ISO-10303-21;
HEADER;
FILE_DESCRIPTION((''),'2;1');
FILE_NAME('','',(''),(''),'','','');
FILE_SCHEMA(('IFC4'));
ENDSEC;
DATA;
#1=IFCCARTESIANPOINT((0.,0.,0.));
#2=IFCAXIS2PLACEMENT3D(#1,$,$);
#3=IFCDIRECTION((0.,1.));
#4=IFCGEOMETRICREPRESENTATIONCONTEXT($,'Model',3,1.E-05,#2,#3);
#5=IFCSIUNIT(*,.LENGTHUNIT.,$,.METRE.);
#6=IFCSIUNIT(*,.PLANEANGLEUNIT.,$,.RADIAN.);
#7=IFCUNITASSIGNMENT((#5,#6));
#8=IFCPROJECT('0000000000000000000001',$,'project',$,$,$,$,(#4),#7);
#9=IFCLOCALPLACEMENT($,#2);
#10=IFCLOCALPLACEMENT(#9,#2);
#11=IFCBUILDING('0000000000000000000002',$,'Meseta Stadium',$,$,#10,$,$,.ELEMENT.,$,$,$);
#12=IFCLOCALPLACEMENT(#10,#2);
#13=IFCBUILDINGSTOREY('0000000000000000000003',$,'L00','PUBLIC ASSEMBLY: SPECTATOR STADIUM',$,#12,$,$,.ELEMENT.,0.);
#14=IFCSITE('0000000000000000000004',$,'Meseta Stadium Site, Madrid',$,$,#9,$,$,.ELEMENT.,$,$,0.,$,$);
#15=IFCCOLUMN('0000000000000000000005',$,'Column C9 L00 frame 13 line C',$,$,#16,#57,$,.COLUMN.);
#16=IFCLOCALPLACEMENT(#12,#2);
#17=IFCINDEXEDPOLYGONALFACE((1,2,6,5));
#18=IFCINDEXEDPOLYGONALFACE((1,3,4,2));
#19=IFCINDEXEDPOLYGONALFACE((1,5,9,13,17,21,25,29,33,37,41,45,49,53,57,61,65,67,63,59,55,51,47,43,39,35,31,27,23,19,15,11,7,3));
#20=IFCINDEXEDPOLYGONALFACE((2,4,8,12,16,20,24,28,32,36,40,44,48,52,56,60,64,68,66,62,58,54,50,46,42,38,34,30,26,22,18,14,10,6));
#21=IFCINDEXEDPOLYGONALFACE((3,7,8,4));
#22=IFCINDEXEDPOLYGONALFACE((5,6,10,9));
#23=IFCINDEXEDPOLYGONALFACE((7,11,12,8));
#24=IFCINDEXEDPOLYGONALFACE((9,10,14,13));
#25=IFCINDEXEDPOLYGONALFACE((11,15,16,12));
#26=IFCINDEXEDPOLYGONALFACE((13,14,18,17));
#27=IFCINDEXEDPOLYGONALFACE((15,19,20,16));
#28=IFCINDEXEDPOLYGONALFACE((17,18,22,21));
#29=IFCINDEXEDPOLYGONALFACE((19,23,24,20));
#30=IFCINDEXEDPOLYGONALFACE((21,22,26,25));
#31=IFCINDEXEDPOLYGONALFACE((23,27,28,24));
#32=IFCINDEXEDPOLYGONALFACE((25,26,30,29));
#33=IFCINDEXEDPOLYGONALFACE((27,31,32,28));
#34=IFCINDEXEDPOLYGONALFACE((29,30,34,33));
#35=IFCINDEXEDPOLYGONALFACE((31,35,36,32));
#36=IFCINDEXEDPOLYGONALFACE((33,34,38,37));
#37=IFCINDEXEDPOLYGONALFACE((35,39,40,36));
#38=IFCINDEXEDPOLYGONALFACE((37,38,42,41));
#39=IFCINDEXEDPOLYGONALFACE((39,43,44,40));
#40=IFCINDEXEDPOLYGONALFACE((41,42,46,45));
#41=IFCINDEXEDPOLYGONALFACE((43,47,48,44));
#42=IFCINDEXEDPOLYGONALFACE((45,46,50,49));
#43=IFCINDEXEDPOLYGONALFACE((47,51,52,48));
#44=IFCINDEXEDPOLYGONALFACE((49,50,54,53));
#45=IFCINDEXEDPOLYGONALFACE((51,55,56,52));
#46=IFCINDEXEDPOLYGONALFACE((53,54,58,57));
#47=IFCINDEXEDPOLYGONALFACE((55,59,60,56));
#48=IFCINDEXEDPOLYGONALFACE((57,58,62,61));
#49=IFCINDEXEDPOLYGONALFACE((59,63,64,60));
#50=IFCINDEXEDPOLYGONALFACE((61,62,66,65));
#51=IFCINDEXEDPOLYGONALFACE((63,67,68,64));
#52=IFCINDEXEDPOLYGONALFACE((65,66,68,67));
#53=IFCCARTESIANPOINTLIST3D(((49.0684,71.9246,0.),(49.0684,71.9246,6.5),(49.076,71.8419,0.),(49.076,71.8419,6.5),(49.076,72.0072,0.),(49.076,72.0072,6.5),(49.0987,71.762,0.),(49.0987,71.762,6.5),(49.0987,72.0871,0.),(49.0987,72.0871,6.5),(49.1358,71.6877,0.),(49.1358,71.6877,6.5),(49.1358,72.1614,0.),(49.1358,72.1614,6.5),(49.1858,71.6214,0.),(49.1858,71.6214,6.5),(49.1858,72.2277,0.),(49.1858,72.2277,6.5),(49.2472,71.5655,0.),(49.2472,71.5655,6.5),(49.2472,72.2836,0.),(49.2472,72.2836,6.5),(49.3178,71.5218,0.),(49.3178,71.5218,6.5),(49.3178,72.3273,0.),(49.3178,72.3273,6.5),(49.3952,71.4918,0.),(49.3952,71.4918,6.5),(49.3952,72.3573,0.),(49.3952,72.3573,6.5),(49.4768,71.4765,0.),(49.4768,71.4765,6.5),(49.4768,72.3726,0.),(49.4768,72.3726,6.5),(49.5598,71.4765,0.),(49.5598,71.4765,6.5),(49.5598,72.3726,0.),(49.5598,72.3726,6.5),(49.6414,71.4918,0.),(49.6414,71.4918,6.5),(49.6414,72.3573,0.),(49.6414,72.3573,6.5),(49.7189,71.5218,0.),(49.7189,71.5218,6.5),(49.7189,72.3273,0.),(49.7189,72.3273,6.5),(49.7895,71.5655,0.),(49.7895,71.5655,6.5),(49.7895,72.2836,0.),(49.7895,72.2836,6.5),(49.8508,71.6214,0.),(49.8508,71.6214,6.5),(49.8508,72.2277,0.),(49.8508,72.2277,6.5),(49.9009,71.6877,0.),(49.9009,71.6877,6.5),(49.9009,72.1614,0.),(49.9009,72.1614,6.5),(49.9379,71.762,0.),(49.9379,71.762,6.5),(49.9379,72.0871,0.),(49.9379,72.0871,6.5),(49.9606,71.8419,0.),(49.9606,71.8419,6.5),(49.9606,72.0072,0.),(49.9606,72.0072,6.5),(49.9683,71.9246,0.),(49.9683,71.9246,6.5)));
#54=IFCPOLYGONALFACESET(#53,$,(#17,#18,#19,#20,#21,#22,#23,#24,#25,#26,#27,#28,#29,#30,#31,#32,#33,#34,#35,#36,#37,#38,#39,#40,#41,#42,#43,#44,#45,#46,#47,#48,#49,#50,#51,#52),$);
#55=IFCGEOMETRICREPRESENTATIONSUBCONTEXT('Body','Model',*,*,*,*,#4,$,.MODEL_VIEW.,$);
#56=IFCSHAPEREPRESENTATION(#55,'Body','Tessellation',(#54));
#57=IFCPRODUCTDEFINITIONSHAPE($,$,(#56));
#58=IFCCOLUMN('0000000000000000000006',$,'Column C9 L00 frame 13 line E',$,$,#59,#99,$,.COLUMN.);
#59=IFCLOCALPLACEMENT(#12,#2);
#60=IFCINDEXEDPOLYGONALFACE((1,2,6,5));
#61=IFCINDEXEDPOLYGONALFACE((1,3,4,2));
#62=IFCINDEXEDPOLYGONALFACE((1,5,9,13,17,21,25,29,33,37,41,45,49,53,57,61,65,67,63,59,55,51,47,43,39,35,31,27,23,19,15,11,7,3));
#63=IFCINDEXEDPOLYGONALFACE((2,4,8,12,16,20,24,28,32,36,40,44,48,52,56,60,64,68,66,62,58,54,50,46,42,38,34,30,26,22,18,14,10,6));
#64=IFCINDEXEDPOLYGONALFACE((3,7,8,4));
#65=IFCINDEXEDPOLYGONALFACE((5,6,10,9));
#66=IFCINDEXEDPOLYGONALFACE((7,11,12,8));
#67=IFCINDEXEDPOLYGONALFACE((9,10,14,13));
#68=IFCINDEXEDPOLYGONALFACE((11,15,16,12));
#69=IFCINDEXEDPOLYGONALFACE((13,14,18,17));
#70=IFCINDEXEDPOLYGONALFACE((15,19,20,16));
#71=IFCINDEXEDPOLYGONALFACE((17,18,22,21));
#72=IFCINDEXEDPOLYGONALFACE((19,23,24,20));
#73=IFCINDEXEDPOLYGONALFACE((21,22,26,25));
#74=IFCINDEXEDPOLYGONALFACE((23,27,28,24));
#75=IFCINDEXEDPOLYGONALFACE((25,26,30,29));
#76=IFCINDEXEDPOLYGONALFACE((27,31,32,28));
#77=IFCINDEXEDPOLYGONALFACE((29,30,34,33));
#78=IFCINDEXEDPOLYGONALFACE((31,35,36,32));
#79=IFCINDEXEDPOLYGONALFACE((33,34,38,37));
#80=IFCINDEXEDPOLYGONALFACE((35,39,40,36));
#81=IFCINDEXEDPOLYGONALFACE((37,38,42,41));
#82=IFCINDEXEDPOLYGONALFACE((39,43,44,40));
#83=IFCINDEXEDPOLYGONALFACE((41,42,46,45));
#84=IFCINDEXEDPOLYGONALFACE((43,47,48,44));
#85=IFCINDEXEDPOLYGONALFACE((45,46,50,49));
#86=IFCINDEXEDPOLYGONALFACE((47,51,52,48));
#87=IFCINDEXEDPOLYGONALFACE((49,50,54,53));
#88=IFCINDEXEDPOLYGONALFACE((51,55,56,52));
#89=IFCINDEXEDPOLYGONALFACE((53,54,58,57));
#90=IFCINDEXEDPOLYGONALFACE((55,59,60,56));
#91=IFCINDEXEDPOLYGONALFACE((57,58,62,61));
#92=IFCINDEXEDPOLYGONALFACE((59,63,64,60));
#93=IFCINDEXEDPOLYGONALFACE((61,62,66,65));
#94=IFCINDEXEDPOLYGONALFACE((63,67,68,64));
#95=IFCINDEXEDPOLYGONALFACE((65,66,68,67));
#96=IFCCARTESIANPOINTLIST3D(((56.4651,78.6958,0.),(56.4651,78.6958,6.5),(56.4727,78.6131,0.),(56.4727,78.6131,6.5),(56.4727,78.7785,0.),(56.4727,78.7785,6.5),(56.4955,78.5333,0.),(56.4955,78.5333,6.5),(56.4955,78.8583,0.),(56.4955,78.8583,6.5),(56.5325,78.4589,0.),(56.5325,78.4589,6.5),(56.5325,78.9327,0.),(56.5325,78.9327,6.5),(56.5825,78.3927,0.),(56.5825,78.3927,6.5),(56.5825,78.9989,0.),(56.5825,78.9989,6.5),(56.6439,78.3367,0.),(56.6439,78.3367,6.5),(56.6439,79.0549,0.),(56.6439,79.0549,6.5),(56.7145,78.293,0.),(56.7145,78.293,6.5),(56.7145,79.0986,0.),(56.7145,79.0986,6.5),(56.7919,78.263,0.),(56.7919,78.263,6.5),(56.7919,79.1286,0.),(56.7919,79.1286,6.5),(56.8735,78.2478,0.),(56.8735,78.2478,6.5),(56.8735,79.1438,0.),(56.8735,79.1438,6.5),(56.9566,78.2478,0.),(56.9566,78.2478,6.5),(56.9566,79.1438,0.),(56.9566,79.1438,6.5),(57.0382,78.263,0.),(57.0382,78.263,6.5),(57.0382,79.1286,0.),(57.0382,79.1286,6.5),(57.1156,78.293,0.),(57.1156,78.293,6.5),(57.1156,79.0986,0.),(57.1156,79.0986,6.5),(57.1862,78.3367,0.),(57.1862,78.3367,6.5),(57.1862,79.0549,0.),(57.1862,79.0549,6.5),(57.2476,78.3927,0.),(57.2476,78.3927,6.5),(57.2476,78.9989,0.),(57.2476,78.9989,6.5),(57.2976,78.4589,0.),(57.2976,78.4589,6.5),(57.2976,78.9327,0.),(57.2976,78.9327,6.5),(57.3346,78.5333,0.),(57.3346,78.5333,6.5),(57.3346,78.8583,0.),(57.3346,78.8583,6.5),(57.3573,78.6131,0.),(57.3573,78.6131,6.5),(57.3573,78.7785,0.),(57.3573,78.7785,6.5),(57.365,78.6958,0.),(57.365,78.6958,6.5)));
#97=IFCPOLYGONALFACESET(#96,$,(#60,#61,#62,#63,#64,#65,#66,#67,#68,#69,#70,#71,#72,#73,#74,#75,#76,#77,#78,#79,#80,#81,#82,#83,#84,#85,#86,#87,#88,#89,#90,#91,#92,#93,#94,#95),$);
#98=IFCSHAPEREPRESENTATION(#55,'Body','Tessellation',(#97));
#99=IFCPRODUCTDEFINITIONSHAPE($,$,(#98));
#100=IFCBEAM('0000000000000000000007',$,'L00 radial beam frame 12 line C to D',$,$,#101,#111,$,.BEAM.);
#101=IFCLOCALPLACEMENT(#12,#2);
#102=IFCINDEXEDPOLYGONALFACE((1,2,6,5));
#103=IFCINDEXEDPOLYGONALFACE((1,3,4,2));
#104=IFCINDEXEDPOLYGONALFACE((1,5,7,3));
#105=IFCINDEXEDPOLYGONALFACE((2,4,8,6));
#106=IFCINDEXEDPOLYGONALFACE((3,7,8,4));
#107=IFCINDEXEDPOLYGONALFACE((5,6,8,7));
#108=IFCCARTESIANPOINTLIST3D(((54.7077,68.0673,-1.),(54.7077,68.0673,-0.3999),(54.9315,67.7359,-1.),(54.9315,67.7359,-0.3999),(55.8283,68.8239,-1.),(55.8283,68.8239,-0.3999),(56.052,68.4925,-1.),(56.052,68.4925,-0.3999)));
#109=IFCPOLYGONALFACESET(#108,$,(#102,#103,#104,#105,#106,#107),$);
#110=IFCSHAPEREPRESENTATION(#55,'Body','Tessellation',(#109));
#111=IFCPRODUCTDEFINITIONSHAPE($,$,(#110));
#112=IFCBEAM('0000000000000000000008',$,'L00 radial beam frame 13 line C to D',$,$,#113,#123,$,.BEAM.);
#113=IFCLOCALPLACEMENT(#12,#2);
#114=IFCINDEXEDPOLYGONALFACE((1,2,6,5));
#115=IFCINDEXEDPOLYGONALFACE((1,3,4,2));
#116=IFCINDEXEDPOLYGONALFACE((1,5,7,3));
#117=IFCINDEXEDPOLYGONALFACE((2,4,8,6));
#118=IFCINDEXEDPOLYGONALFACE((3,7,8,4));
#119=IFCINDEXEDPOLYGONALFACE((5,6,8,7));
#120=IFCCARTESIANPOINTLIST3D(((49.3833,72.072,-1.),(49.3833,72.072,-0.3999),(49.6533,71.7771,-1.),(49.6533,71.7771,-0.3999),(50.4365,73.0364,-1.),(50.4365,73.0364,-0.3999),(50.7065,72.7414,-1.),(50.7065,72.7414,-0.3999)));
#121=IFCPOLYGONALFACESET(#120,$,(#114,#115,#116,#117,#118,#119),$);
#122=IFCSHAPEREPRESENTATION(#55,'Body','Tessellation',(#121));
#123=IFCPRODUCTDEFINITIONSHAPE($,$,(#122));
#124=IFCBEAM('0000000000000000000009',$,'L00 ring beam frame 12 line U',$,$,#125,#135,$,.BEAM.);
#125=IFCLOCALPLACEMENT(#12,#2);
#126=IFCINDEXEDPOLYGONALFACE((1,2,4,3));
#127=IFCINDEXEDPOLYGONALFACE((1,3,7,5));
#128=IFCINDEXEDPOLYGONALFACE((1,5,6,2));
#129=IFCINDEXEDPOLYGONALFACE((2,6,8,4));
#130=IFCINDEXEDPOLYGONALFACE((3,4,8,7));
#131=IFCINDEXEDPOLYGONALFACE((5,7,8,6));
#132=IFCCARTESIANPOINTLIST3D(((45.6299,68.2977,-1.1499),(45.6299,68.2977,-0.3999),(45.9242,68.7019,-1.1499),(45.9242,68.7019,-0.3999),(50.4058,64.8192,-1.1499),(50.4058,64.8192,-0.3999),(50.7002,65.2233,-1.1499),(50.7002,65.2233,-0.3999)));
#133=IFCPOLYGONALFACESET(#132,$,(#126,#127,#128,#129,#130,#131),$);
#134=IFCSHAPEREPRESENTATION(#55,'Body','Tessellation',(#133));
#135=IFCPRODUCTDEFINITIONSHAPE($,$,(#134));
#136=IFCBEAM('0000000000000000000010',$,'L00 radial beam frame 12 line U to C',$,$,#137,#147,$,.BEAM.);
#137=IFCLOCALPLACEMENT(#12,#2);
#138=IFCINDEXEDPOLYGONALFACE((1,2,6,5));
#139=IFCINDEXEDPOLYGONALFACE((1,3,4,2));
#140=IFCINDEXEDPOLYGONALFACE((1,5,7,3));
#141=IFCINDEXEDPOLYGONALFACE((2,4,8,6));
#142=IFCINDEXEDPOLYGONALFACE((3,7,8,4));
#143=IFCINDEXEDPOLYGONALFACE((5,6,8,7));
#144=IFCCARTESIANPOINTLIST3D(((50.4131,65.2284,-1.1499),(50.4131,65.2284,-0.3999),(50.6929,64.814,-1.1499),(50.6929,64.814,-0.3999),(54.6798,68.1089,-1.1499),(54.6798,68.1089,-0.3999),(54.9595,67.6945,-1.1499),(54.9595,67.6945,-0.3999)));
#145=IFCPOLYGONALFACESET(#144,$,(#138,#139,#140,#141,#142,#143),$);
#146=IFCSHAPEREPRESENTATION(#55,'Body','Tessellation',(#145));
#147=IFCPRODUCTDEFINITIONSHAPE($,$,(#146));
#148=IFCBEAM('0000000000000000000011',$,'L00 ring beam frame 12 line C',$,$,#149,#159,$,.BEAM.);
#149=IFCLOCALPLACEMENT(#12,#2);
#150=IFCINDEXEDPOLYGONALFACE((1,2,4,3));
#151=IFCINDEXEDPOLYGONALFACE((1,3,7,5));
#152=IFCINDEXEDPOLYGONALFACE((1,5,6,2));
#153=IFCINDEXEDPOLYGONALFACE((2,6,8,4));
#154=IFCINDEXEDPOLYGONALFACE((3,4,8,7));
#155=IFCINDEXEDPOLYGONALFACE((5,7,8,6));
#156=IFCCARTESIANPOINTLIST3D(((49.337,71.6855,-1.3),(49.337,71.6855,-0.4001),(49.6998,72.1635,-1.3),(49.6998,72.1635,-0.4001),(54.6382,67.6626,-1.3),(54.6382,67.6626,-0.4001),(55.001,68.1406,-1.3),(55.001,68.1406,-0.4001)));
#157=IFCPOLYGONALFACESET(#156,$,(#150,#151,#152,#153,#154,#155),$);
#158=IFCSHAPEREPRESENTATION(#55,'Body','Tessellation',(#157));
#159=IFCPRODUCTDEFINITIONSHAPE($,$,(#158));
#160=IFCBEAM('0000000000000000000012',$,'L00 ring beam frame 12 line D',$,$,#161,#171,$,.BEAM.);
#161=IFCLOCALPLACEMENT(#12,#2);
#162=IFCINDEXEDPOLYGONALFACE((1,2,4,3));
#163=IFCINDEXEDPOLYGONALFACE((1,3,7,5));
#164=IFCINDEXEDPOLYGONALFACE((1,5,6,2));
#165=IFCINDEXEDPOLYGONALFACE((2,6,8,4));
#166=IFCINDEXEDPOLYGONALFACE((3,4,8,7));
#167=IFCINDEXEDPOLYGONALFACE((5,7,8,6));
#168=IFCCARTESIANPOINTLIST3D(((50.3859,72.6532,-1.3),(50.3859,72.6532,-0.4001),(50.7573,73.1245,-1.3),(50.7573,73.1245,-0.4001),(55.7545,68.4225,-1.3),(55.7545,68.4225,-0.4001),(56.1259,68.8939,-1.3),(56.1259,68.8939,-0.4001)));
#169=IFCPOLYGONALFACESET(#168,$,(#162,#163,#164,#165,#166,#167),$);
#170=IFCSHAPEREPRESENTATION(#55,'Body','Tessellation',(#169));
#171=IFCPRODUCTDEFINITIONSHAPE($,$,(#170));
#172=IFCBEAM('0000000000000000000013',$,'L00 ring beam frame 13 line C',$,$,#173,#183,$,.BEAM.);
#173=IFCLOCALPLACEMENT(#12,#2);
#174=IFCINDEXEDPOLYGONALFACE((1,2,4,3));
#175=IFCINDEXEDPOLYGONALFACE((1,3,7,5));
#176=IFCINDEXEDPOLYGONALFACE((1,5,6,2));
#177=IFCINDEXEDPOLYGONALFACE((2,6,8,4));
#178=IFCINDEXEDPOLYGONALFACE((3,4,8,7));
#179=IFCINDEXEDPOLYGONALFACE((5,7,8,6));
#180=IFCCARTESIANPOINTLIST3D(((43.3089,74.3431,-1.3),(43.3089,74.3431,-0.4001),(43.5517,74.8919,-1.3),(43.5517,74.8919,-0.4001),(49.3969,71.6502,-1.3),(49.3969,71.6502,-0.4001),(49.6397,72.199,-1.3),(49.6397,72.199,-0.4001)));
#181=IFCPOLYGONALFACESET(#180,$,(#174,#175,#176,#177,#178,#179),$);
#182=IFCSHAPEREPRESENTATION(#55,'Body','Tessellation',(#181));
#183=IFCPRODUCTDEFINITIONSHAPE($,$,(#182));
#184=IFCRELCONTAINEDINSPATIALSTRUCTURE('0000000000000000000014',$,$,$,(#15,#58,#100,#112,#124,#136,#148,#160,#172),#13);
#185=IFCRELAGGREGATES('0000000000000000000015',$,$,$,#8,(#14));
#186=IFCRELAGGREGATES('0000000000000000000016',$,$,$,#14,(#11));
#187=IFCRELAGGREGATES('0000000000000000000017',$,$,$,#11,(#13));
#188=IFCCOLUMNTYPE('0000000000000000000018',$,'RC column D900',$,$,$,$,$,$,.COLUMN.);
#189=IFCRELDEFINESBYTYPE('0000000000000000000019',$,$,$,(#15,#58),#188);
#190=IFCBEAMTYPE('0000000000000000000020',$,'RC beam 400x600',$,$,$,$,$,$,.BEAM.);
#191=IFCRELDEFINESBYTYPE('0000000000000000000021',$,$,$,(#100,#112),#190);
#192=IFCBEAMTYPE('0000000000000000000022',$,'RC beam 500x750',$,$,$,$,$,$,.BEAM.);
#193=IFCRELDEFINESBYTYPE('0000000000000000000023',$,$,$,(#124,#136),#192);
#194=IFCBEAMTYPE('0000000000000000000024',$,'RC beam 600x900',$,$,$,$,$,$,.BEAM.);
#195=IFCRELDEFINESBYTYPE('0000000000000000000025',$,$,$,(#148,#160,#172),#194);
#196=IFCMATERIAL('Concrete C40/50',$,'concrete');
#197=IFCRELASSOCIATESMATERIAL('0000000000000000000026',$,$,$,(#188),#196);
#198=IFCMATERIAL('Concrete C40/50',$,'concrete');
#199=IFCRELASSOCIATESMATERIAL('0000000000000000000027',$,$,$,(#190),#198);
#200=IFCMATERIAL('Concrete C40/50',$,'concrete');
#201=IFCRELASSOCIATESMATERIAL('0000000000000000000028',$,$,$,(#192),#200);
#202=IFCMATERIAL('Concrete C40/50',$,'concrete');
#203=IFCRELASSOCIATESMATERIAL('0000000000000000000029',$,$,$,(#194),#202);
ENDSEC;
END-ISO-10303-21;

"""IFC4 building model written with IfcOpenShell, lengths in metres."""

from ifc_helpers import new_model, si_unit, direction, frame, origin, origin_2d, place, context, subcontext, project, spatial, rectangle, circle, extrude, material, material_profile, profile_set, type_object, element, save


model = new_model("IFC4")

# Units and contexts
model_context = context("Model", 3, precision=1e-05, world=origin(), true_north=direction((0.0, 1.0)))
body_context = subcontext(model_context, "Body", "Model", "MODEL_VIEW")
ifc_project = project(units=[si_unit("LENGTHUNIT", "METRE"), si_unit("PLANEANGLEUNIT", "RADIAN")], contexts=[model_context])

# Site, building, storey
site_placement = place(None, origin())
site = spatial("IfcSite", under=ifc_project, at=site_placement, Name="Meseta Stadium Site, Madrid", CompositionType="ELEMENT", RefElevation=0.0)
building_placement = place(site_placement, origin())
building = spatial("IfcBuilding", under=site, at=building_placement, Name="Meseta Stadium", CompositionType="ELEMENT")
storey_placement = place(building_placement, origin())
storey = spatial("IfcBuildingStorey", under=building, at=storey_placement, Name="L00", Description="PUBLIC ASSEMBLY: SPECTATOR STADIUM", CompositionType="ELEMENT", Elevation=0.0)

# Columns
ifc_material_1 = material(Name="Concrete C40/50", Category="concrete")
ifc_material_profile_1 = material_profile(ifc_material_1, circle(Radius=0.45, at=origin_2d()), Name="RC D900")
ifc_profile_set_1 = profile_set([ifc_material_profile_1], Name="Concrete C40/50")
column_type_1 = type_object("IfcColumnType", Name="RC column D900", PredefinedType="COLUMN", material=ifc_profile_set_1)
for number, where, z_axis, x_axis, name in (
    (1, (49.5183, 71.9246, 0.0), (0.0, 0.0, 1.0), (1.0, 0.0, 0.0), "Column C9 L00 frame 13 line C"),
    (2, (56.915, 78.6958, 0.0), (0.0, 0.0, 1.0), (1.0, 0.0, 0.0), "Column C9 L00 frame 13 line E"),
):
    element("IfcColumn", number, at=place(storey_placement, frame(where, z_axis=z_axis, x_axis=x_axis)), inside=storey, type_object=column_type_1, Name=name, PredefinedType="COLUMN", context=body_context, shape_type="SweptSolid", body=[
        extrude(circle(Radius=0.45, at=origin_2d()), origin(), (0.0, 0.0, 1.0), 6.5),
    ])

# Beams
ifc_material_2 = material(Name="Concrete C40/50", Category="concrete")
ifc_material_profile_2 = material_profile(ifc_material_2, rectangle(XDim=0.3999, YDim=0.6001, at=origin_2d()), Name="RC 400x600")
ifc_profile_set_2 = profile_set([ifc_material_profile_2], Name="Concrete C40/50")
beam_type_1 = type_object("IfcBeamType", Name="RC beam 400x600", PredefinedType="BEAM", material=ifc_profile_set_2)
beam_1_placement = place(storey_placement, frame((54.8196, 67.9016, -0.7), z_axis=(0.828786, 0.559566, 0.0), x_axis=(-0.559566, 0.828786, 0.0)))
element("IfcBeam", 3, at=beam_1_placement, inside=storey, type_object=beam_type_1, Name="L00 radial beam frame 12 line C to D", PredefinedType="BEAM", context=body_context, shape_type="SweptSolid", body=[
    extrude(rectangle(XDim=0.3999, YDim=0.6001, at=origin_2d()), origin(), (0.0, 0.0, 1.0), 1.3521),
])
beam_2_placement = place(storey_placement, frame((49.5183, 71.9246, -0.7), z_axis=(0.737537, 0.675306, 0.0), x_axis=(-0.675306, 0.737537, 0.0)))
element("IfcBeam", 4, at=beam_2_placement, inside=storey, type_object=beam_type_1, Name="L00 radial beam frame 13 line C to D", PredefinedType="BEAM", context=body_context, shape_type="SweptSolid", body=[
    extrude(rectangle(XDim=0.3999, YDim=0.6001, at=origin_2d()), origin(), (0.0, 0.0, 1.0), 1.428),
])
ifc_material_3 = material(Name="Concrete C40/50", Category="concrete")
ifc_material_profile_3 = material_profile(ifc_material_3, rectangle(XDim=0.5, YDim=0.75, at=origin_2d()), Name="RC 500x750")
ifc_profile_set_3 = profile_set([ifc_material_profile_3], Name="Concrete C40/50")
beam_type_2 = type_object("IfcBeamType", Name="RC beam 500x750", PredefinedType="BEAM", material=ifc_profile_set_3)
beam_3_placement = place(storey_placement, frame((50.553, 65.0212, -0.7749), z_axis=(-0.808321, 0.588742, 0.0), x_axis=(-0.588742, -0.808321, 0.0)))
element("IfcBeam", 5, at=beam_3_placement, inside=storey, type_object=beam_type_2, Name="L00 ring beam frame 12 line U", PredefinedType="BEAM", context=body_context, shape_type="SweptSolid", body=[
    extrude(rectangle(XDim=0.5, YDim=0.75, at=origin_2d()), origin(), (0.0, 0.0, 1.0), 5.9084),
])
beam_4_placement = place(storey_placement, frame((50.553, 65.0212, -0.7749), z_axis=(0.828811, 0.559528, 0.0), x_axis=(-0.559528, 0.828811, 0.0)))
element("IfcBeam", 6, at=beam_4_placement, inside=storey, type_object=beam_type_2, Name="L00 radial beam frame 12 line U to C", PredefinedType="BEAM", context=body_context, shape_type="SweptSolid", body=[
    extrude(rectangle(XDim=0.5, YDim=0.75, at=origin_2d()), origin(), (0.0, 0.0, 1.0), 5.1479),
])
ifc_material_4 = material(Name="Concrete C40/50", Category="concrete")
ifc_material_profile_4 = material_profile(ifc_material_4, rectangle(XDim=0.6001, YDim=0.8999, at=origin_2d()), Name="RC 600x900")
ifc_profile_set_4 = profile_set([ifc_material_profile_4], Name="Concrete C40/50")
beam_type_3 = type_object("IfcBeamType", Name="RC beam 600x900", PredefinedType="BEAM", material=ifc_profile_set_4)
beam_5_placement = place(storey_placement, frame((54.8196, 67.9016, -0.8501), z_axis=(-0.796597, 0.60451, 0.0), x_axis=(-0.60451, -0.796597, 0.0)))
element("IfcBeam", 7, at=beam_5_placement, inside=storey, type_object=beam_type_3, Name="L00 ring beam frame 12 line C", PredefinedType="BEAM", context=body_context, shape_type="SweptSolid", body=[
    extrude(rectangle(XDim=0.6001, YDim=0.8999, at=origin_2d()), origin(), (0.0, 0.0, 1.0), 6.6548),
])
beam_6_placement = place(storey_placement, frame((55.9402, 68.6582, -0.8501), z_axis=(-0.78543, 0.61895, 0.0), x_axis=(-0.61895, -0.78543, 0.0)))
element("IfcBeam", 8, at=beam_6_placement, inside=storey, type_object=beam_type_3, Name="L00 ring beam frame 12 line D", PredefinedType="BEAM", context=body_context, shape_type="SweptSolid", body=[
    extrude(rectangle(XDim=0.6001, YDim=0.8999, at=origin_2d()), origin(), (0.0, 0.0, 1.0), 6.8352),
])
beam_7_placement = place(storey_placement, frame((49.5183, 71.9246, -0.8501), z_axis=(-0.914527, 0.404525, 0.0), x_axis=(-0.404525, -0.914527, 0.0)))
element("IfcBeam", 9, at=beam_7_placement, inside=storey, type_object=beam_type_3, Name="L00 ring beam frame 13 line C", PredefinedType="BEAM", context=body_context, shape_type="SweptSolid", body=[
    extrude(rectangle(XDim=0.6001, YDim=0.8999, at=origin_2d()), origin(), (0.0, 0.0, 1.0), 6.657),
])

save(model, "model.ifc")
